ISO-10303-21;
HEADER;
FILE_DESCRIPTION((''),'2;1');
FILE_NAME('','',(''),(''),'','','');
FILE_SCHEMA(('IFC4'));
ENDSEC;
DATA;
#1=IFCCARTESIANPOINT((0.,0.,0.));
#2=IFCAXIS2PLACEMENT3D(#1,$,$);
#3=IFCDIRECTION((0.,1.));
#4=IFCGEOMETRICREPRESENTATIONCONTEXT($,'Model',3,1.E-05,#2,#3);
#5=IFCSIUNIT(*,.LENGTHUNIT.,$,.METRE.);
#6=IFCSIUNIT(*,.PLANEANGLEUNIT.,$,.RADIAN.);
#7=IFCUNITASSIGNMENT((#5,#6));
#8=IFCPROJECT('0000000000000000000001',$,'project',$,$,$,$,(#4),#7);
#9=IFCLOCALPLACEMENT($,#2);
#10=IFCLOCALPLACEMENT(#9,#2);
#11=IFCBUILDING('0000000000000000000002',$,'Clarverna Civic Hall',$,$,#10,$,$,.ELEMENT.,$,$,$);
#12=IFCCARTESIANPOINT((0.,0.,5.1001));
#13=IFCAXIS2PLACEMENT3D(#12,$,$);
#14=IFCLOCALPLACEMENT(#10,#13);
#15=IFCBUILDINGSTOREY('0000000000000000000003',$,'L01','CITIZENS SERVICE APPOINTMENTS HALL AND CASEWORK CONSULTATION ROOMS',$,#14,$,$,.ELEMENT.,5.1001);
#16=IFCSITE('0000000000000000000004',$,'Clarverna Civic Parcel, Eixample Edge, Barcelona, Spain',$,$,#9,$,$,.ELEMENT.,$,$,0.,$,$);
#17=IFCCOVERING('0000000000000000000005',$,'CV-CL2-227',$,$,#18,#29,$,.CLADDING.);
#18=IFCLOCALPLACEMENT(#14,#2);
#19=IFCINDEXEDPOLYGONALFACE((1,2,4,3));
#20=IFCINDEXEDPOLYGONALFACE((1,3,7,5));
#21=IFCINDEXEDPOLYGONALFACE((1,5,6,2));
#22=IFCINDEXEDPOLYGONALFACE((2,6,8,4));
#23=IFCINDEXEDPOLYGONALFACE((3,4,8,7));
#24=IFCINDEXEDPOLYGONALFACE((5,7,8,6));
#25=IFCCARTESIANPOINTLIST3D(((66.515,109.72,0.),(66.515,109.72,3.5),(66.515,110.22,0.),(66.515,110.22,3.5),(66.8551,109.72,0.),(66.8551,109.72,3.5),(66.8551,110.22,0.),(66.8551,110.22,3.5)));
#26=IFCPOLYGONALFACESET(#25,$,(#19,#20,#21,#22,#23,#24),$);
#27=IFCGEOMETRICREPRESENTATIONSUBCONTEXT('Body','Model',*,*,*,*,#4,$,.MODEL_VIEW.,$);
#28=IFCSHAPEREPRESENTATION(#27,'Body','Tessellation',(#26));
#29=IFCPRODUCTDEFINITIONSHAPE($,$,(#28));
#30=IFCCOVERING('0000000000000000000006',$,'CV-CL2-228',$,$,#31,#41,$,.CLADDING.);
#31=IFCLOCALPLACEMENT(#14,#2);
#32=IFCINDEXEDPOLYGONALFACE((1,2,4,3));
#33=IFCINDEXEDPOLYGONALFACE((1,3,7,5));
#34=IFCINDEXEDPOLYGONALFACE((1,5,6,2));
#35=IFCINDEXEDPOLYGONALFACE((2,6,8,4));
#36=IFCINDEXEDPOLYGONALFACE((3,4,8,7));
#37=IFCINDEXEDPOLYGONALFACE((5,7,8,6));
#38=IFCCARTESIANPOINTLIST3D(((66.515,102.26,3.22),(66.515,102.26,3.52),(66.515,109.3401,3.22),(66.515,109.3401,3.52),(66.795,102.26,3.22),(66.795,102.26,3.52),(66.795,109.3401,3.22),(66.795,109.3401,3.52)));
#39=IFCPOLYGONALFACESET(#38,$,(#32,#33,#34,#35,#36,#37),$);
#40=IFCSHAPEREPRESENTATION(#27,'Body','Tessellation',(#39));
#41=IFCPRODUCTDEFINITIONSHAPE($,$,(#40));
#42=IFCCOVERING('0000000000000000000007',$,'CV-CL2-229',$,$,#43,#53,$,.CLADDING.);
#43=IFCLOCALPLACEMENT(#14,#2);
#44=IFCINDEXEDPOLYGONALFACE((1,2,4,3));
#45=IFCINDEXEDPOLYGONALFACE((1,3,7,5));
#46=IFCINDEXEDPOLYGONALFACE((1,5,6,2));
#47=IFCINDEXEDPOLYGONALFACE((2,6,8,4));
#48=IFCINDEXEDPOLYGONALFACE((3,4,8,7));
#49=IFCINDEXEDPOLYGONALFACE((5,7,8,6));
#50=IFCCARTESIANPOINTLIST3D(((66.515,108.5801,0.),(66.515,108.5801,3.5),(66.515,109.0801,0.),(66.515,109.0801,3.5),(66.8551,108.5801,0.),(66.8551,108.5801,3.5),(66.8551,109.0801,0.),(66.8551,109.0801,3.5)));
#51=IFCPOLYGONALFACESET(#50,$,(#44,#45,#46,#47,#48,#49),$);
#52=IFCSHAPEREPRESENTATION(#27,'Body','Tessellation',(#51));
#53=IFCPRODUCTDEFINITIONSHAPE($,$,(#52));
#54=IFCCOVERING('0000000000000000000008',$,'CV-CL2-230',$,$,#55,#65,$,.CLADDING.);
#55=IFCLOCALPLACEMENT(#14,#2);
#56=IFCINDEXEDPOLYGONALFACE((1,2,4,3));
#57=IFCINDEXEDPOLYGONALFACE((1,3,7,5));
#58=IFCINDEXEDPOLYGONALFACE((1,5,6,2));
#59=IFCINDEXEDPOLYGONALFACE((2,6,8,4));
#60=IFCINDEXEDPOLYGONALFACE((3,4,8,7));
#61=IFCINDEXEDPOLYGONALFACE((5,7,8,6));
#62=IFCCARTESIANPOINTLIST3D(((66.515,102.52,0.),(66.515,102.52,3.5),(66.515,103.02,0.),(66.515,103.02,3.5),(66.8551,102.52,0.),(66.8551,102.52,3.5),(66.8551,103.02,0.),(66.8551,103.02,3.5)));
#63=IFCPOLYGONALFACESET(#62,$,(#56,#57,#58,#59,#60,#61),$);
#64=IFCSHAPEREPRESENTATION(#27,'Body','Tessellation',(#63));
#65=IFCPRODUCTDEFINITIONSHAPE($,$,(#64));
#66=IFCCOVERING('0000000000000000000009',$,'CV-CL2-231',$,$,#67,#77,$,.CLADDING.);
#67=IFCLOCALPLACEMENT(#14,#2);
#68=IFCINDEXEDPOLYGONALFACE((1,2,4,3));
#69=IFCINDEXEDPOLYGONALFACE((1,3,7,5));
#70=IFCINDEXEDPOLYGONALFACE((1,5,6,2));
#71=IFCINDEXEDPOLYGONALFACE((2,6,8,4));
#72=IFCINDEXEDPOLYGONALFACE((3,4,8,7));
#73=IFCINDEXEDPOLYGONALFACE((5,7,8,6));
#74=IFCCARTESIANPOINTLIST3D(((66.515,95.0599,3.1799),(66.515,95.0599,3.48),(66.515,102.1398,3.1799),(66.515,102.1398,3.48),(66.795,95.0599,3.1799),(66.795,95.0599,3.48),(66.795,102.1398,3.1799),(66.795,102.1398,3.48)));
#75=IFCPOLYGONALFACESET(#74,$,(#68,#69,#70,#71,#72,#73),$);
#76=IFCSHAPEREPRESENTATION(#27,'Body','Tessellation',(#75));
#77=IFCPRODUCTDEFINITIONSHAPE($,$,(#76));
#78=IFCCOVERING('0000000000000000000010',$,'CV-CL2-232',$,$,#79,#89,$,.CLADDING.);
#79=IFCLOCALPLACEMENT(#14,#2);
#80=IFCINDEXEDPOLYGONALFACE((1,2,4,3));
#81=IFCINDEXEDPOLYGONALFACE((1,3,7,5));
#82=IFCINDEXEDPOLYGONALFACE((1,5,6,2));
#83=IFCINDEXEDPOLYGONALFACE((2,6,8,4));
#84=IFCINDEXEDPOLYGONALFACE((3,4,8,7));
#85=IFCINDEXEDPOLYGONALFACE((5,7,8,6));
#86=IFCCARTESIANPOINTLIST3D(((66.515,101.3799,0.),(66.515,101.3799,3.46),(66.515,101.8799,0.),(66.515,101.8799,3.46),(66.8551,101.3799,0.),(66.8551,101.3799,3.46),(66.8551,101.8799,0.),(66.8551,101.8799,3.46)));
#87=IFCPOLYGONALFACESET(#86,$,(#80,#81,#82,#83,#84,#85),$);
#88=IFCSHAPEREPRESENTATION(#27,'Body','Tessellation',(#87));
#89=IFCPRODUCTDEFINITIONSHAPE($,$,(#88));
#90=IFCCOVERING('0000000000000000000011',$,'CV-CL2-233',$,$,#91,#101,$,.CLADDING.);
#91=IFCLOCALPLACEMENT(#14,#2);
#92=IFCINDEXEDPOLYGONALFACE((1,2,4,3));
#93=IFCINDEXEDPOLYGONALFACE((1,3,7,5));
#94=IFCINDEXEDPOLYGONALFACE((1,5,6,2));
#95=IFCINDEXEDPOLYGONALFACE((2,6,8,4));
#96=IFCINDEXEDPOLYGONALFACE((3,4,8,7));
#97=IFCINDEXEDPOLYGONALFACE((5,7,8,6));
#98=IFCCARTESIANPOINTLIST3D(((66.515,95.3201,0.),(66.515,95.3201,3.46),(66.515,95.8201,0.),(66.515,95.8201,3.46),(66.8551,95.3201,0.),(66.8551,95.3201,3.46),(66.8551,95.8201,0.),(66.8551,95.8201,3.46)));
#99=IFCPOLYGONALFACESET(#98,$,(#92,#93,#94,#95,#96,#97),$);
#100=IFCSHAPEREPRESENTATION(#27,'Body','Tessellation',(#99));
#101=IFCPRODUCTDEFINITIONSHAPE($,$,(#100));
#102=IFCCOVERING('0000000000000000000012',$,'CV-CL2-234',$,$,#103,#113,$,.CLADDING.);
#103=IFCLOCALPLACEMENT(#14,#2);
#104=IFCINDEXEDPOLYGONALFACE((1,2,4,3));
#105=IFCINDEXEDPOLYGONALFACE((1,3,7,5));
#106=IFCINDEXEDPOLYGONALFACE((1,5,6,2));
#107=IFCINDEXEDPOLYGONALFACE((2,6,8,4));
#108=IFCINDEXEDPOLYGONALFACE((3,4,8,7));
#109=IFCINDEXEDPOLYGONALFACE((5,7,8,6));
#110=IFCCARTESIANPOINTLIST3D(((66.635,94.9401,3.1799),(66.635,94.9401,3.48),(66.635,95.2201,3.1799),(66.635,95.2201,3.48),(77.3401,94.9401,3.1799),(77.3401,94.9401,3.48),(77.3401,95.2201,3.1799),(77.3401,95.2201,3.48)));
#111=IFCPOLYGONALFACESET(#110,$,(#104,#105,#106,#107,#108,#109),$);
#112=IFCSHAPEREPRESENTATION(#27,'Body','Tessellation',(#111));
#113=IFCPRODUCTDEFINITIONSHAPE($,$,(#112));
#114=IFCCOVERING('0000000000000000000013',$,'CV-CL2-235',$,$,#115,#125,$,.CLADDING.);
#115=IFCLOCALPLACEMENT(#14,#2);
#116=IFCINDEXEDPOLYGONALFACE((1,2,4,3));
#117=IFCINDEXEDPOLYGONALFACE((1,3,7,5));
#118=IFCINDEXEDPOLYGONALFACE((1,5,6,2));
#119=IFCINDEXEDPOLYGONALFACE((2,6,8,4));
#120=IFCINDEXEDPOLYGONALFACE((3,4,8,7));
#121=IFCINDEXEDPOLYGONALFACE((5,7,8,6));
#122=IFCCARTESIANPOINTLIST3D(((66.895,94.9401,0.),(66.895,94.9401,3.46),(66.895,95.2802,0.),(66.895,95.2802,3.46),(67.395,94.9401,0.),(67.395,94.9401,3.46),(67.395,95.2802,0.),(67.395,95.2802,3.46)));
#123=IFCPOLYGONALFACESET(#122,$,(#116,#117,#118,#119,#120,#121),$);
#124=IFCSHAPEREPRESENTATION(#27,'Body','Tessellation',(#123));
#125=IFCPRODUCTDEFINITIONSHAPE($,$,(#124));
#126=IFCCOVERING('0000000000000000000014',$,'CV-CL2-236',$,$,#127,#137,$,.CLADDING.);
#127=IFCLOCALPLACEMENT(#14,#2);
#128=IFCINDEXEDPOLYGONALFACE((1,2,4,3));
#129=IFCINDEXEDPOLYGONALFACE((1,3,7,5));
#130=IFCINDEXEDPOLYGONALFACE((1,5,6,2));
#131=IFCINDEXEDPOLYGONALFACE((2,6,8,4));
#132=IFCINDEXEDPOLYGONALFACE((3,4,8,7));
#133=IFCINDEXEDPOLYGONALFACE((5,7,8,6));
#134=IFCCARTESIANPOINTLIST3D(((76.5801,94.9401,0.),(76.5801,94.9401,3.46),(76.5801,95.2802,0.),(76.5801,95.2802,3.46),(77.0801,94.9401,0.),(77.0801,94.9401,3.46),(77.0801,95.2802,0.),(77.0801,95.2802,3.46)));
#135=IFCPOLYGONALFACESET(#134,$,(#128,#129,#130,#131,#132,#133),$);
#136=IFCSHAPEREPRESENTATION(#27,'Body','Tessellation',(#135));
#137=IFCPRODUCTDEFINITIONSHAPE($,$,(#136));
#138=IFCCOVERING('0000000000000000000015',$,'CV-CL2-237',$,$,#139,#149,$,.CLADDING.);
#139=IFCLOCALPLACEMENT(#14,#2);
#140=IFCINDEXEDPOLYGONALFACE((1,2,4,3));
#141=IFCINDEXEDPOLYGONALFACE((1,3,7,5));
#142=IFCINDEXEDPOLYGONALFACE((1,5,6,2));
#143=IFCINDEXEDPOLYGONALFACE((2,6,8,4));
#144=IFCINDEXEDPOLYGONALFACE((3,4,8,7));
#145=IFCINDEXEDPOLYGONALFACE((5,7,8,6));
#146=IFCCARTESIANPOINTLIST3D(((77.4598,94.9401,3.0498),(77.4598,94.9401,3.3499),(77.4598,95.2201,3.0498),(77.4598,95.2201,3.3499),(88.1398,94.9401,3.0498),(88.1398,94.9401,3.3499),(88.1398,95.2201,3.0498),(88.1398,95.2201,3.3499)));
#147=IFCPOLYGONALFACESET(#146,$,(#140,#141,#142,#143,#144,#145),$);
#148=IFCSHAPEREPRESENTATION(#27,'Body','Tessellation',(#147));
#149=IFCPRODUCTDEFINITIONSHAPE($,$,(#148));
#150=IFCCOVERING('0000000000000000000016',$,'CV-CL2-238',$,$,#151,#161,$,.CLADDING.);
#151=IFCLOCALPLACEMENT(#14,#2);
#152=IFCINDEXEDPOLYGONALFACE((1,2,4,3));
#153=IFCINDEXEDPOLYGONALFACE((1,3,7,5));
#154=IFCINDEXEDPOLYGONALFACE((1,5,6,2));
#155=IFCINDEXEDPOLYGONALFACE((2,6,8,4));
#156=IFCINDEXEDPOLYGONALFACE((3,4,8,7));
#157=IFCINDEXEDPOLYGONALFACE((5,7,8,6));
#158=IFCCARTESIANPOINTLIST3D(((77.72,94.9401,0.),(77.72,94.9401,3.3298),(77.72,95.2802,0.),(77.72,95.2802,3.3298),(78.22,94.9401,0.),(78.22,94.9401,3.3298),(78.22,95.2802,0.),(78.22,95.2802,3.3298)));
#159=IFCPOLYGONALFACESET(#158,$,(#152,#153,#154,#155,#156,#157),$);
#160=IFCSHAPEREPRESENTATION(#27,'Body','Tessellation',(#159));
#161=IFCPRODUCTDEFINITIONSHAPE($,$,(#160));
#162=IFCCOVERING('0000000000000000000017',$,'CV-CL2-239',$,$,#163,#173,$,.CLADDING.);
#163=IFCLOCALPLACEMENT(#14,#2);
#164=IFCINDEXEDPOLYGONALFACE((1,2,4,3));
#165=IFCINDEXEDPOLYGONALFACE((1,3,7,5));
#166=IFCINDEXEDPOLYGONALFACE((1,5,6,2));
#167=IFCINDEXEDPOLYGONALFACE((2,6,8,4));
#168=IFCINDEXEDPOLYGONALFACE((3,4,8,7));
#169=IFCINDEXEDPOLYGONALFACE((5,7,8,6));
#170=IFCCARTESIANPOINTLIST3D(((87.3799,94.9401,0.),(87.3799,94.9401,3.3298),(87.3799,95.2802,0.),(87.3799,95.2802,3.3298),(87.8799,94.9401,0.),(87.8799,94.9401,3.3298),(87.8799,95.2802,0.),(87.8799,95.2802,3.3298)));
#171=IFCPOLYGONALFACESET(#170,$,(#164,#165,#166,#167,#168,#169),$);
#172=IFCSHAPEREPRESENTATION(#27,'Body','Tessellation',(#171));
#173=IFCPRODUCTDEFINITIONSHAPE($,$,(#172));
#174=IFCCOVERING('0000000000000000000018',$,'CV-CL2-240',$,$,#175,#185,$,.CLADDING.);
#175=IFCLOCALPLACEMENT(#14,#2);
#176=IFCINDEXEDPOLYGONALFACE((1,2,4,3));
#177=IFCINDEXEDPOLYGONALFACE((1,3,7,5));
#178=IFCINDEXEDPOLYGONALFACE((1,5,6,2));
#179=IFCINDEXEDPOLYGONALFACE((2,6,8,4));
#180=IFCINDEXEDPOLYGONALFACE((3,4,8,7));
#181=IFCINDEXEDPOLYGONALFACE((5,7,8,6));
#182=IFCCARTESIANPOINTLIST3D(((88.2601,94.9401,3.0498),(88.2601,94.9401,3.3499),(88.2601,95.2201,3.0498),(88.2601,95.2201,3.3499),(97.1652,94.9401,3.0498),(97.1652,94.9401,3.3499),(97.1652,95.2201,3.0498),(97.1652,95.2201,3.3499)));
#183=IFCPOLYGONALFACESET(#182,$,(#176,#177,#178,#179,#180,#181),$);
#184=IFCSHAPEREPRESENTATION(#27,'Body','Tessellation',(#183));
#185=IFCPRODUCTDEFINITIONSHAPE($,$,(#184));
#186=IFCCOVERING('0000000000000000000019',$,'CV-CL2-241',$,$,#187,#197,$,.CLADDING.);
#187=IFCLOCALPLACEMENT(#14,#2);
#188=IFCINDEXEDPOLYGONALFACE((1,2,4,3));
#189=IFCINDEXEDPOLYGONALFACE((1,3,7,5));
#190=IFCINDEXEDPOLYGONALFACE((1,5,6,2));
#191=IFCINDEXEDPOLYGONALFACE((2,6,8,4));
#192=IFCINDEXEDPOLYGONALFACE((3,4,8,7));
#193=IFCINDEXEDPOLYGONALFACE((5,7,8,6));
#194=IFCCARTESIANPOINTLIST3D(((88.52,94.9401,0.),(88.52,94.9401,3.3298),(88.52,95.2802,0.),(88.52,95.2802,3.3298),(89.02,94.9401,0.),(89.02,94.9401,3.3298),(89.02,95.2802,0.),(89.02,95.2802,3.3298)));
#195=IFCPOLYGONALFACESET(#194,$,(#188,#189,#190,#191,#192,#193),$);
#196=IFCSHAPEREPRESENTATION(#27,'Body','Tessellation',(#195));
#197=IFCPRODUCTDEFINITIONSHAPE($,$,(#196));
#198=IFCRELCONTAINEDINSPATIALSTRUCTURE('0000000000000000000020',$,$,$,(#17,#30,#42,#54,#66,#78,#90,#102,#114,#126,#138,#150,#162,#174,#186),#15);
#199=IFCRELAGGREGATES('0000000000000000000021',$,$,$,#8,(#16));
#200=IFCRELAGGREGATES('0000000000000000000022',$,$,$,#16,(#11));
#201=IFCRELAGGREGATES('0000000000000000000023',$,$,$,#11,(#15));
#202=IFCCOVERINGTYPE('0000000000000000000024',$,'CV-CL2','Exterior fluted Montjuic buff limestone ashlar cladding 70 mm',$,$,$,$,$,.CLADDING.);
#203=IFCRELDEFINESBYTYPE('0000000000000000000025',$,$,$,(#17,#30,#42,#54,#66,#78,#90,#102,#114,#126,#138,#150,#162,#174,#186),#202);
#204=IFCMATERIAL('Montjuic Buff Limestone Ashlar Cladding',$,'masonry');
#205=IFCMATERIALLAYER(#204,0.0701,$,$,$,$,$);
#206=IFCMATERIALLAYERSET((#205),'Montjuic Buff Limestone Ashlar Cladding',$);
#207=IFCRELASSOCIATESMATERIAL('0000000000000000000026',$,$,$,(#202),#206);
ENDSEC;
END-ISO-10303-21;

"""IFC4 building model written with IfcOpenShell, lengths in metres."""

from ifc_helpers import new_model, si_unit, direction, frame, frame_2d, origin, place, context, subcontext, project, spatial, rectangle, extrude, material, layer, layer_set, type_object, element, save


model = new_model("IFC4")

# Units and contexts
model_context = context("Model", 3, precision=1e-05, world=origin(), true_north=direction((0.0, 1.0)))
body_context = subcontext(model_context, "Body", "Model", "MODEL_VIEW")
ifc_project = project(units=[si_unit("LENGTHUNIT", "METRE"), si_unit("PLANEANGLEUNIT", "RADIAN")], contexts=[model_context])

# Site, building, storey
site_placement = place(None, origin())
site = spatial("IfcSite", under=ifc_project, at=site_placement, Name="Clarverna Civic Parcel, Eixample Edge, Barcelona, Spain", CompositionType="ELEMENT", RefElevation=0.0)
building_placement = place(site_placement, origin())
building = spatial("IfcBuilding", under=site, at=building_placement, Name="Clarverna Civic Hall", CompositionType="ELEMENT")
storey_placement = place(building_placement, frame((0.0, 0.0, 5.1001)))
storey = spatial("IfcBuildingStorey", under=building, at=storey_placement, Name="L01", Description="CITIZENS SERVICE APPOINTMENTS HALL AND CASEWORK CONSULTATION ROOMS", CompositionType="ELEMENT", Elevation=5.1001)

# Coverings
ifc_material_1 = material(Name="Montjuic Buff Limestone Ashlar Cladding", Category="masonry")
ifc_layer_1 = layer(ifc_material_1, 0.0701)
ifc_layer_set_1 = layer_set([ifc_layer_1], Name="Montjuic Buff Limestone Ashlar Cladding")
covering_type = type_object("IfcCoveringType", Name="CV-CL2", Description="Exterior fluted Montjuic buff limestone ashlar cladding 70 mm", PredefinedType="CLADDING", material=ifc_layer_set_1)
for number, where, z_axis, x_axis, name in (
    (1, (66.6851, 110.22, 0.0), (0.0, 0.0, 1.0), (0.0, -1.0, 0.0), "CV-CL2-227"),
):
    element("IfcCovering", number, at=place(storey_placement, frame(where, z_axis=z_axis, x_axis=x_axis)), inside=storey, type_object=covering_type, Name=name, PredefinedType="CLADDING", context=body_context, shape_type="SweptSolid", body=[
        extrude(rectangle(XDim=0.5, YDim=0.3401, at=frame_2d((0.25, 0.0))), origin(), (0.0, 0.0, 1.0), 3.5),
    ])
covering_1_placement = place(storey_placement, frame((66.655, 109.3401, 3.22), z_axis=(0.0, 0.0, 1.0), x_axis=(0.0, -1.0, 0.0)))
element("IfcCovering", 2, at=covering_1_placement, inside=storey, type_object=covering_type, Name="CV-CL2-228", PredefinedType="CLADDING", context=body_context, shape_type="SweptSolid", body=[
    extrude(rectangle(XDim=7.0801, YDim=0.28, at=frame_2d((3.54, 0.0))), origin(), (0.0, 0.0, 1.0), 0.3),
])
for number, where, z_axis, x_axis, name in (
    (3, (66.6851, 109.0801, 0.0), (0.0, 0.0, 1.0), (0.0, -1.0, 0.0), "CV-CL2-229"),
    (4, (66.6851, 103.02, 0.0), (0.0, 0.0, 1.0), (0.0, -1.0, 0.0), "CV-CL2-230"),
):
    element("IfcCovering", number, at=place(storey_placement, frame(where, z_axis=z_axis, x_axis=x_axis)), inside=storey, type_object=covering_type, Name=name, PredefinedType="CLADDING", context=body_context, shape_type="SweptSolid", body=[
        extrude(rectangle(XDim=0.5, YDim=0.3401, at=frame_2d((0.25, 0.0))), origin(), (0.0, 0.0, 1.0), 3.5),
    ])
covering_2_placement = place(storey_placement, frame((66.655, 102.1399, 3.1799), z_axis=(0.0, 0.0, 1.0), x_axis=(0.0, -1.0, 0.0)))
element("IfcCovering", 5, at=covering_2_placement, inside=storey, type_object=covering_type, Name="CV-CL2-231", PredefinedType="CLADDING", context=body_context, shape_type="SweptSolid", body=[
    extrude(rectangle(XDim=7.0798, YDim=0.28, at=frame_2d((3.54, 0.0))), origin(), (0.0, 0.0, 1.0), 0.3),
])
for number, where, z_axis, x_axis, name in (
    (6, (66.6851, 101.8799, 0.0), (0.0, 0.0, 1.0), (0.0, -1.0, 0.0), "CV-CL2-232"),
    (7, (66.6851, 95.8201, 0.0), (0.0, 0.0, 1.0), (0.0, -1.0, 0.0), "CV-CL2-233"),
):
    element("IfcCovering", number, at=place(storey_placement, frame(where, z_axis=z_axis, x_axis=x_axis)), inside=storey, type_object=covering_type, Name=name, PredefinedType="CLADDING", context=body_context, shape_type="SweptSolid", body=[
        extrude(rectangle(XDim=0.5, YDim=0.3401, at=frame_2d((0.25, 0.0))), origin(), (0.0, 0.0, 1.0), 3.46),
    ])
covering_3_placement = place(storey_placement, frame((66.635, 95.0801, 3.1799), z_axis=(0.0, 0.0, 1.0), x_axis=(1.0, 0.0, 0.0)))
element("IfcCovering", 8, at=covering_3_placement, inside=storey, type_object=covering_type, Name="CV-CL2-234", PredefinedType="CLADDING", context=body_context, shape_type="SweptSolid", body=[
    extrude(rectangle(XDim=10.7051, YDim=0.28, at=frame_2d((5.3525, 0.0))), origin(), (0.0, 0.0, 1.0), 0.3),
])
for number, where, z_axis, x_axis, name in (
    (9, (66.895, 95.1101, 0.0), (0.0, 0.0, 1.0), (1.0, 0.0, 0.0), "CV-CL2-235"),
    (10, (76.5801, 95.1101, 0.0), (0.0, 0.0, 1.0), (1.0, 0.0, 0.0), "CV-CL2-236"),
):
    element("IfcCovering", number, at=place(storey_placement, frame(where, z_axis=z_axis, x_axis=x_axis)), inside=storey, type_object=covering_type, Name=name, PredefinedType="CLADDING", context=body_context, shape_type="SweptSolid", body=[
        extrude(rectangle(XDim=0.5, YDim=0.3401, at=frame_2d((0.25, 0.0))), origin(), (0.0, 0.0, 1.0), 3.46),
    ])
covering_4_placement = place(storey_placement, frame((77.46, 95.0801, 3.0498), z_axis=(0.0, 0.0, 1.0), x_axis=(1.0, 0.0, 0.0)))
element("IfcCovering", 11, at=covering_4_placement, inside=storey, type_object=covering_type, Name="CV-CL2-237", PredefinedType="CLADDING", context=body_context, shape_type="SweptSolid", body=[
    extrude(rectangle(XDim=10.6799, YDim=0.28, at=frame_2d((5.3398, 0.0))), origin(), (0.0, 0.0, 1.0), 0.3),
])
for number, where, z_axis, x_axis, name in (
    (12, (77.72, 95.1101, 0.0), (0.0, 0.0, 1.0), (1.0, 0.0, 0.0), "CV-CL2-238"),
    (13, (87.3799, 95.1101, 0.0), (0.0, 0.0, 1.0), (1.0, 0.0, 0.0), "CV-CL2-239"),
):
    element("IfcCovering", number, at=place(storey_placement, frame(where, z_axis=z_axis, x_axis=x_axis)), inside=storey, type_object=covering_type, Name=name, PredefinedType="CLADDING", context=body_context, shape_type="SweptSolid", body=[
        extrude(rectangle(XDim=0.5, YDim=0.3401, at=frame_2d((0.25, 0.0))), origin(), (0.0, 0.0, 1.0), 3.3298),
    ])
covering_5_placement = place(storey_placement, frame((88.26, 95.0801, 3.0498), z_axis=(0.0, 0.0, 1.0), x_axis=(1.0, 0.0, 0.0)))
element("IfcCovering", 14, at=covering_5_placement, inside=storey, type_object=covering_type, Name="CV-CL2-240", PredefinedType="CLADDING", context=body_context, shape_type="SweptSolid", body=[
    extrude(rectangle(XDim=8.905, YDim=0.28, at=frame_2d((4.4526, 0.0))), origin(), (0.0, 0.0, 1.0), 0.3),
])
covering_6_placement = place(storey_placement, frame((88.52, 95.1101, 0.0), z_axis=(0.0, 0.0, 1.0), x_axis=(1.0, 0.0, 0.0)))
element("IfcCovering", 15, at=covering_6_placement, inside=storey, type_object=covering_type, Name="CV-CL2-241", PredefinedType="CLADDING", context=body_context, shape_type="SweptSolid", body=[
    extrude(rectangle(XDim=0.5, YDim=0.3401, at=frame_2d((0.25, 0.0))), origin(), (0.0, 0.0, 1.0), 3.3298),
])

save(model, "model.ifc")
